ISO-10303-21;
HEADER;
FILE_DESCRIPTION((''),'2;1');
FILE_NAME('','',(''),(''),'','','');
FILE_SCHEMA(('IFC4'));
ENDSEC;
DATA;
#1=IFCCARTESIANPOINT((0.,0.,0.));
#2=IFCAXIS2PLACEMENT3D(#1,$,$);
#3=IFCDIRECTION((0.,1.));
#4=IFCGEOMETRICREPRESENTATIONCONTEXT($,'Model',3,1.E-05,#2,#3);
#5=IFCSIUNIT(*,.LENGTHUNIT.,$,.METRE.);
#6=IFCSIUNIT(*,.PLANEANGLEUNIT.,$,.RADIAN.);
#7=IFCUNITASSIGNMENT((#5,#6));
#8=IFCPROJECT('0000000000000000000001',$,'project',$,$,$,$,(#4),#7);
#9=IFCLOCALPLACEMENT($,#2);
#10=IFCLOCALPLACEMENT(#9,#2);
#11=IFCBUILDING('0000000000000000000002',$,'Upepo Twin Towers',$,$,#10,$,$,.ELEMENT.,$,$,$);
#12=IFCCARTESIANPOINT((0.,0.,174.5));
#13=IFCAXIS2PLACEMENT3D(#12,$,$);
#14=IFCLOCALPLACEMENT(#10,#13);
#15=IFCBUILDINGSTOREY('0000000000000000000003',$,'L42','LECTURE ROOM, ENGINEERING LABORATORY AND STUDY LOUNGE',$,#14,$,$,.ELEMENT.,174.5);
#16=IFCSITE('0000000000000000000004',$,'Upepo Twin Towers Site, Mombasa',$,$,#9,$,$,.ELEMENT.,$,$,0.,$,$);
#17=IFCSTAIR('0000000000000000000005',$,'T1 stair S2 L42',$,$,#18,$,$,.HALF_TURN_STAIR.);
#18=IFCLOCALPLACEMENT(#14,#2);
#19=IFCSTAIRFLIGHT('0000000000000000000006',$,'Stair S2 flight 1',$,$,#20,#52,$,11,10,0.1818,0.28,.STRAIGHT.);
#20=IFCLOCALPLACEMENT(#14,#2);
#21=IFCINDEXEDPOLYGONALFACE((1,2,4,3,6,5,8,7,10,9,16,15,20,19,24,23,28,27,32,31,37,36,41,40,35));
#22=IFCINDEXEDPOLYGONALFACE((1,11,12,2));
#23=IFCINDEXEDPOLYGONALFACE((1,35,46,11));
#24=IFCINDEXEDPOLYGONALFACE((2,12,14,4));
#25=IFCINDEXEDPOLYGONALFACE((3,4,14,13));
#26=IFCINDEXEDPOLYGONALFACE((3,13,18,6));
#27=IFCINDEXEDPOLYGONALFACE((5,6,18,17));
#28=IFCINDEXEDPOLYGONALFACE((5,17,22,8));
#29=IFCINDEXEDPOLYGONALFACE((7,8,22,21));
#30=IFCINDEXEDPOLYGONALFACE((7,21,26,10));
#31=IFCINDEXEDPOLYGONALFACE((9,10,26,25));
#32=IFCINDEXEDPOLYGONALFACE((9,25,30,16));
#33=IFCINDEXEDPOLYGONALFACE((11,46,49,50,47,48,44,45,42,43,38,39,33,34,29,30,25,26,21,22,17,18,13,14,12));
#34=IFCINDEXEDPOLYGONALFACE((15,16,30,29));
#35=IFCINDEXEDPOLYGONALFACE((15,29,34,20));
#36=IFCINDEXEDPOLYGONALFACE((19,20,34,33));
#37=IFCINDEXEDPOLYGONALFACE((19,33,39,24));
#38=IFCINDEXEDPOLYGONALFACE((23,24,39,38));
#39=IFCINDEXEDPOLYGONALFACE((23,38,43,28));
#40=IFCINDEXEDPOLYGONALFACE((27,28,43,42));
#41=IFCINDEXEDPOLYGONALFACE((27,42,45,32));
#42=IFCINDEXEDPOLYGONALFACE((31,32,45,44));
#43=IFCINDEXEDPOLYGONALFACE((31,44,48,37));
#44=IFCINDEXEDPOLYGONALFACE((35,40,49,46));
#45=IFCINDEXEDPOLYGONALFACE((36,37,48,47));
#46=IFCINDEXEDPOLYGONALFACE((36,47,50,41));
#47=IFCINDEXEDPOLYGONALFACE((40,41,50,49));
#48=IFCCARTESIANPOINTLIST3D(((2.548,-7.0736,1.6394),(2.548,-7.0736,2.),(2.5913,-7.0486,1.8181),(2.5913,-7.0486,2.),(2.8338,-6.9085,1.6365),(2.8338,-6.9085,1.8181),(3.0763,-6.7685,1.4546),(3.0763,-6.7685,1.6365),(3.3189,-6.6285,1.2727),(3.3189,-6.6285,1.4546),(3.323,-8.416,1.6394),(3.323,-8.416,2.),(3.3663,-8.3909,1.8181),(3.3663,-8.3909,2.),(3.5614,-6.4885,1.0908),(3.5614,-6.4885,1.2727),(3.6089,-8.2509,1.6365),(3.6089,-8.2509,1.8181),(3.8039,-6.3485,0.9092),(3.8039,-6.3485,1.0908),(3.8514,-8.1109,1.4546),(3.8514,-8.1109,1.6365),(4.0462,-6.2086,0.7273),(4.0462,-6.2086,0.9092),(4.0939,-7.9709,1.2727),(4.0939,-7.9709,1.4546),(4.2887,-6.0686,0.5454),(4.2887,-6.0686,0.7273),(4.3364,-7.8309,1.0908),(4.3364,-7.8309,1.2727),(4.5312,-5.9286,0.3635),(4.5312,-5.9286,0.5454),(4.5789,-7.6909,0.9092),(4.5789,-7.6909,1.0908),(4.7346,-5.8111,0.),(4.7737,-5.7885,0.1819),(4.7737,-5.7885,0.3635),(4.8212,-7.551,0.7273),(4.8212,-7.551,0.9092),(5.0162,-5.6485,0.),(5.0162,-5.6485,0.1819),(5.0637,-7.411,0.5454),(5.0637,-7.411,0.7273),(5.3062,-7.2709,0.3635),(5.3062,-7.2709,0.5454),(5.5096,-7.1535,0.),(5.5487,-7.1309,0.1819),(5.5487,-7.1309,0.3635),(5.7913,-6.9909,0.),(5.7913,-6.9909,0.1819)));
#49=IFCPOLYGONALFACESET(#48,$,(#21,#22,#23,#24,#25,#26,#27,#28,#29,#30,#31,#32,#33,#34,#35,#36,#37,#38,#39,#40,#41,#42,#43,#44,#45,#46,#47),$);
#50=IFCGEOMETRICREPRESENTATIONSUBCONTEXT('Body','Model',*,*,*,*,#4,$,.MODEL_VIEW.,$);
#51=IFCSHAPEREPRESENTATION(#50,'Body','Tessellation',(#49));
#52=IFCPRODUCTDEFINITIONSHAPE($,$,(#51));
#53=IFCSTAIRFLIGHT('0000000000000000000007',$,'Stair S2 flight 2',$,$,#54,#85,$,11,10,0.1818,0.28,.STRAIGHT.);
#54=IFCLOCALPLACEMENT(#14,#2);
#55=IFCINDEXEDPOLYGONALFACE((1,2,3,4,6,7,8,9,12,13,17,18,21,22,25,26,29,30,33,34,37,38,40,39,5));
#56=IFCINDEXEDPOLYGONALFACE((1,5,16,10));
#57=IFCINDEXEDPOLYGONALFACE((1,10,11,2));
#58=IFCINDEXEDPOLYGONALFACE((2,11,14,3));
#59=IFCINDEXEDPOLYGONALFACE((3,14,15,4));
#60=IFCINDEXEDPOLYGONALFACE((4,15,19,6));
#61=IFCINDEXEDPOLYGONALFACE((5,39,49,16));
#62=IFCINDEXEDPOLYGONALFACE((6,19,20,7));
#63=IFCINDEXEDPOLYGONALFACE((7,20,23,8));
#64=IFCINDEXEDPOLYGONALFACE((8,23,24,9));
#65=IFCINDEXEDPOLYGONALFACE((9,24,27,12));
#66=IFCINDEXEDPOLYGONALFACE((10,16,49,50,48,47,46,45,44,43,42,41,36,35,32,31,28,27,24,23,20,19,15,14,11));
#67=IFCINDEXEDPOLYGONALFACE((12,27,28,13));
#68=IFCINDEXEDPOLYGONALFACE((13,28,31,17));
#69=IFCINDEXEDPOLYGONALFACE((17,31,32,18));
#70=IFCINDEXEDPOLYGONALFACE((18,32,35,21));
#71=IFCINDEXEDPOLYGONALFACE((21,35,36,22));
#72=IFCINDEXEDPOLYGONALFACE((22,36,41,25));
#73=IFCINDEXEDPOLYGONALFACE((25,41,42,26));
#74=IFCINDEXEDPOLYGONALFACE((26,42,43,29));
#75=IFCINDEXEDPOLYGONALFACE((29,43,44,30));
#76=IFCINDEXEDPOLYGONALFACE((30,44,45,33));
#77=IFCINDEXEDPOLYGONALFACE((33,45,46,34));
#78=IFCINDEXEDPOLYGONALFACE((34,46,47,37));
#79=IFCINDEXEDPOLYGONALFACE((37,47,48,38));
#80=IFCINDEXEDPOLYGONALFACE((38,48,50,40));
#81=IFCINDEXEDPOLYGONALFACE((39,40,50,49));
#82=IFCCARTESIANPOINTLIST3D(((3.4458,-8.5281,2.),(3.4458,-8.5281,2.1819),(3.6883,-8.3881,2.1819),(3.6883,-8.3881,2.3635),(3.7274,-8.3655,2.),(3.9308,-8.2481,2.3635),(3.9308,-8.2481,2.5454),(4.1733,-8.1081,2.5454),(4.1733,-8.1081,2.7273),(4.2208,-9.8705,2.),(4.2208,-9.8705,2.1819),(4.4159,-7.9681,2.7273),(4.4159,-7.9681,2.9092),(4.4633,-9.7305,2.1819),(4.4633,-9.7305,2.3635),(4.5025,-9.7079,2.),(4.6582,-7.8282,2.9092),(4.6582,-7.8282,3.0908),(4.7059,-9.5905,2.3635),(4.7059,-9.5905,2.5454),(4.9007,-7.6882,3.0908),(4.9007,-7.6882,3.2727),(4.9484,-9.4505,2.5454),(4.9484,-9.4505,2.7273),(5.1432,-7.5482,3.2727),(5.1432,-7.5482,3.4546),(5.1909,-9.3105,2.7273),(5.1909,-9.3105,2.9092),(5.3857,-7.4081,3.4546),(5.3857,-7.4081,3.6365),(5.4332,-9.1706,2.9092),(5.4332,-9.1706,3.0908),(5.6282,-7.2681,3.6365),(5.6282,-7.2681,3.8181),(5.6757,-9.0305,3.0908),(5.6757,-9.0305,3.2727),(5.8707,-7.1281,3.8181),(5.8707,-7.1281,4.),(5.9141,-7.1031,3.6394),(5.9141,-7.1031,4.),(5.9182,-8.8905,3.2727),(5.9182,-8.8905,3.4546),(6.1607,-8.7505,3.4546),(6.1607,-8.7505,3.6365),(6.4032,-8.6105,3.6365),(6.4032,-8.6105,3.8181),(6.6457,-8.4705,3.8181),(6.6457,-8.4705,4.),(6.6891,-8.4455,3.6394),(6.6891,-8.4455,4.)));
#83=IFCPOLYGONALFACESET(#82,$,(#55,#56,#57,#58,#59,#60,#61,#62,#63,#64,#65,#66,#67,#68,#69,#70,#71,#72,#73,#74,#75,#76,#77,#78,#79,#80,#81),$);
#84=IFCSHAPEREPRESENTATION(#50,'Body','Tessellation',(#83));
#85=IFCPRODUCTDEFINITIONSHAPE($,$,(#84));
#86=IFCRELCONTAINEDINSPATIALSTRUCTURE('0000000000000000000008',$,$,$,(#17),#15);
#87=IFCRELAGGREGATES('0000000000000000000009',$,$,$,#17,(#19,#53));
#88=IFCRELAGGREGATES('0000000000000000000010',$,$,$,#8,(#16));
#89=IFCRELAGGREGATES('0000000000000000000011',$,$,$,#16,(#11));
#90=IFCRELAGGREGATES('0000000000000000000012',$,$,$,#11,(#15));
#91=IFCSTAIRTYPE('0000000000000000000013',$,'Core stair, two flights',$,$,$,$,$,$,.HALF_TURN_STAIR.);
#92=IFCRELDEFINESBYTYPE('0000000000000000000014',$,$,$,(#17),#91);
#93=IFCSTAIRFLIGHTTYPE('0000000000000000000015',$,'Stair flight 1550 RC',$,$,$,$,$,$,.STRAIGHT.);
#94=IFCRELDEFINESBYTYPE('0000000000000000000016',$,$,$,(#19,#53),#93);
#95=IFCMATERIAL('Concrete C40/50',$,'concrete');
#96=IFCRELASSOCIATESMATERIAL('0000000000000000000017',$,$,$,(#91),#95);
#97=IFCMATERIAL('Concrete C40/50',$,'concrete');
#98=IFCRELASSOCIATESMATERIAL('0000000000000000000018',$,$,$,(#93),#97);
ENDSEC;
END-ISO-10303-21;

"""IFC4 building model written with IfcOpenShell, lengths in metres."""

from ifc_helpers import new_model, si_unit, direction, frame, origin, place, context, subcontext, project, spatial, polyline, outline, extrude, material, type_object, element, aggregate, save


model = new_model("IFC4")

# Units and contexts
model_context = context("Model", 3, precision=1e-05, world=origin(), true_north=direction((0.0, 1.0)))
body_context = subcontext(model_context, "Body", "Model", "MODEL_VIEW")
ifc_project = project(units=[si_unit("LENGTHUNIT", "METRE"), si_unit("PLANEANGLEUNIT", "RADIAN")], contexts=[model_context])

# Site, building, storey
site_placement = place(None, origin())
site = spatial("IfcSite", under=ifc_project, at=site_placement, Name="Upepo Twin Towers Site, Mombasa", CompositionType="ELEMENT", RefElevation=0.0)
building_placement = place(site_placement, origin())
building = spatial("IfcBuilding", under=site, at=building_placement, Name="Upepo Twin Towers", CompositionType="ELEMENT")
storey_placement = place(building_placement, frame((0.0, 0.0, 174.5)))
storey = spatial("IfcBuildingStorey", under=building, at=storey_placement, Name="L42", Description="LECTURE ROOM, ENGINEERING LABORATORY AND STUDY LOUNGE", CompositionType="ELEMENT", Elevation=174.5)

# Shared definitions
ifc_material_1 = material(Name="Concrete C40/50", Category="concrete")
stair_type = type_object("IfcStairType", Name="Core stair, two flights", PredefinedType="HALF_TURN_STAIR", material=ifc_material_1)

# Stair
stair_1_placement = place(storey_placement, origin())
stair_1 = element("IfcStair", 1, at=stair_1_placement, inside=storey, type_object=stair_type, Name="T1 stair S2 L42", PredefinedType="HALF_TURN_STAIR")

# Stair flights
ifc_material_2 = material(Name="Concrete C40/50", Category="concrete")
stair_flight_type = type_object("IfcStairFlightType", Name="Stair flight 1550 RC", PredefinedType="STRAIGHT", material=ifc_material_2)
stair_flight_1_placement = place(storey_placement, frame((5.4038, -6.3198, 0.0), z_axis=(0.0, 0.0, 1.0), x_axis=(-0.866025, -0.5, 0.0)))
stair_flight_1 = element("IfcStairFlight", 2, at=stair_flight_1_placement, type_object=stair_flight_type, Name="Stair S2 flight 1", NumberOfRisers=11, NumberOfTreads=10, PredefinedType="STRAIGHT", RiserHeight=0.1818, TreadLength=0.28, context=body_context, shape_type="SweptSolid", body=[
    extrude(outline(polyline([(0.0, 0.0), (0.0, 0.1819), (0.28, 0.1819), (0.28, 0.3635), (0.5601, 0.3635), (0.5601, 0.5454), (0.8401, 0.5454), (0.8401, 0.7273), (1.1201, 0.7273), (1.1201, 0.9092), (1.3999, 0.9092), (1.3999, 1.0908), (1.6799, 1.0908), (1.6799, 1.2727), (1.96, 1.2727), (1.96, 1.4546), (2.24, 1.4546), (2.24, 1.6365), (2.52, 1.6365), (2.52, 1.8181), (2.8, 1.8181), (2.8, 2.0), (2.8501, 2.0), (2.8501, 1.6394), (0.3252, 0.0), (0.0, 0.0)])), frame((0.0, 0.7749, 0.0), z_axis=(0.0, -1.0, 0.0), x_axis=(1.0, 0.0, 0.0)), (0.0, 0.0, 1.0), 1.55),
])
stair_flight_2_placement = place(storey_placement, frame((3.8333, -9.1992, 2.0), z_axis=(0.0, 0.0, 1.0), x_axis=(0.866025, 0.5, 0.0)))
stair_flight_2 = element("IfcStairFlight", 3, at=stair_flight_2_placement, type_object=stair_flight_type, Name="Stair S2 flight 2", NumberOfRisers=11, NumberOfTreads=10, PredefinedType="STRAIGHT", RiserHeight=0.1818, TreadLength=0.28, context=body_context, shape_type="SweptSolid", body=[
    extrude(outline(polyline([(0.0, 0.0), (0.0, 0.1819), (0.28, 0.1819), (0.28, 0.3635), (0.5601, 0.3635), (0.5601, 0.5454), (0.8401, 0.5454), (0.8401, 0.7273), (1.1201, 0.7273), (1.1201, 0.9092), (1.3999, 0.9092), (1.3999, 1.0908), (1.6799, 1.0908), (1.6799, 1.2727), (1.96, 1.2727), (1.96, 1.4546), (2.24, 1.4546), (2.24, 1.6365), (2.52, 1.6365), (2.52, 1.8181), (2.8, 1.8181), (2.8, 2.0), (2.8501, 2.0), (2.8501, 1.6394), (0.3252, 0.0), (0.0, 0.0)])), frame((0.0, 0.7749, 0.0), z_axis=(0.0, -1.0, 0.0), x_axis=(1.0, 0.0, 0.0)), (0.0, 0.0, 1.0), 1.55),
])
aggregate(stair_1, [stair_flight_1, stair_flight_2])

save(model, "model.ifc")
